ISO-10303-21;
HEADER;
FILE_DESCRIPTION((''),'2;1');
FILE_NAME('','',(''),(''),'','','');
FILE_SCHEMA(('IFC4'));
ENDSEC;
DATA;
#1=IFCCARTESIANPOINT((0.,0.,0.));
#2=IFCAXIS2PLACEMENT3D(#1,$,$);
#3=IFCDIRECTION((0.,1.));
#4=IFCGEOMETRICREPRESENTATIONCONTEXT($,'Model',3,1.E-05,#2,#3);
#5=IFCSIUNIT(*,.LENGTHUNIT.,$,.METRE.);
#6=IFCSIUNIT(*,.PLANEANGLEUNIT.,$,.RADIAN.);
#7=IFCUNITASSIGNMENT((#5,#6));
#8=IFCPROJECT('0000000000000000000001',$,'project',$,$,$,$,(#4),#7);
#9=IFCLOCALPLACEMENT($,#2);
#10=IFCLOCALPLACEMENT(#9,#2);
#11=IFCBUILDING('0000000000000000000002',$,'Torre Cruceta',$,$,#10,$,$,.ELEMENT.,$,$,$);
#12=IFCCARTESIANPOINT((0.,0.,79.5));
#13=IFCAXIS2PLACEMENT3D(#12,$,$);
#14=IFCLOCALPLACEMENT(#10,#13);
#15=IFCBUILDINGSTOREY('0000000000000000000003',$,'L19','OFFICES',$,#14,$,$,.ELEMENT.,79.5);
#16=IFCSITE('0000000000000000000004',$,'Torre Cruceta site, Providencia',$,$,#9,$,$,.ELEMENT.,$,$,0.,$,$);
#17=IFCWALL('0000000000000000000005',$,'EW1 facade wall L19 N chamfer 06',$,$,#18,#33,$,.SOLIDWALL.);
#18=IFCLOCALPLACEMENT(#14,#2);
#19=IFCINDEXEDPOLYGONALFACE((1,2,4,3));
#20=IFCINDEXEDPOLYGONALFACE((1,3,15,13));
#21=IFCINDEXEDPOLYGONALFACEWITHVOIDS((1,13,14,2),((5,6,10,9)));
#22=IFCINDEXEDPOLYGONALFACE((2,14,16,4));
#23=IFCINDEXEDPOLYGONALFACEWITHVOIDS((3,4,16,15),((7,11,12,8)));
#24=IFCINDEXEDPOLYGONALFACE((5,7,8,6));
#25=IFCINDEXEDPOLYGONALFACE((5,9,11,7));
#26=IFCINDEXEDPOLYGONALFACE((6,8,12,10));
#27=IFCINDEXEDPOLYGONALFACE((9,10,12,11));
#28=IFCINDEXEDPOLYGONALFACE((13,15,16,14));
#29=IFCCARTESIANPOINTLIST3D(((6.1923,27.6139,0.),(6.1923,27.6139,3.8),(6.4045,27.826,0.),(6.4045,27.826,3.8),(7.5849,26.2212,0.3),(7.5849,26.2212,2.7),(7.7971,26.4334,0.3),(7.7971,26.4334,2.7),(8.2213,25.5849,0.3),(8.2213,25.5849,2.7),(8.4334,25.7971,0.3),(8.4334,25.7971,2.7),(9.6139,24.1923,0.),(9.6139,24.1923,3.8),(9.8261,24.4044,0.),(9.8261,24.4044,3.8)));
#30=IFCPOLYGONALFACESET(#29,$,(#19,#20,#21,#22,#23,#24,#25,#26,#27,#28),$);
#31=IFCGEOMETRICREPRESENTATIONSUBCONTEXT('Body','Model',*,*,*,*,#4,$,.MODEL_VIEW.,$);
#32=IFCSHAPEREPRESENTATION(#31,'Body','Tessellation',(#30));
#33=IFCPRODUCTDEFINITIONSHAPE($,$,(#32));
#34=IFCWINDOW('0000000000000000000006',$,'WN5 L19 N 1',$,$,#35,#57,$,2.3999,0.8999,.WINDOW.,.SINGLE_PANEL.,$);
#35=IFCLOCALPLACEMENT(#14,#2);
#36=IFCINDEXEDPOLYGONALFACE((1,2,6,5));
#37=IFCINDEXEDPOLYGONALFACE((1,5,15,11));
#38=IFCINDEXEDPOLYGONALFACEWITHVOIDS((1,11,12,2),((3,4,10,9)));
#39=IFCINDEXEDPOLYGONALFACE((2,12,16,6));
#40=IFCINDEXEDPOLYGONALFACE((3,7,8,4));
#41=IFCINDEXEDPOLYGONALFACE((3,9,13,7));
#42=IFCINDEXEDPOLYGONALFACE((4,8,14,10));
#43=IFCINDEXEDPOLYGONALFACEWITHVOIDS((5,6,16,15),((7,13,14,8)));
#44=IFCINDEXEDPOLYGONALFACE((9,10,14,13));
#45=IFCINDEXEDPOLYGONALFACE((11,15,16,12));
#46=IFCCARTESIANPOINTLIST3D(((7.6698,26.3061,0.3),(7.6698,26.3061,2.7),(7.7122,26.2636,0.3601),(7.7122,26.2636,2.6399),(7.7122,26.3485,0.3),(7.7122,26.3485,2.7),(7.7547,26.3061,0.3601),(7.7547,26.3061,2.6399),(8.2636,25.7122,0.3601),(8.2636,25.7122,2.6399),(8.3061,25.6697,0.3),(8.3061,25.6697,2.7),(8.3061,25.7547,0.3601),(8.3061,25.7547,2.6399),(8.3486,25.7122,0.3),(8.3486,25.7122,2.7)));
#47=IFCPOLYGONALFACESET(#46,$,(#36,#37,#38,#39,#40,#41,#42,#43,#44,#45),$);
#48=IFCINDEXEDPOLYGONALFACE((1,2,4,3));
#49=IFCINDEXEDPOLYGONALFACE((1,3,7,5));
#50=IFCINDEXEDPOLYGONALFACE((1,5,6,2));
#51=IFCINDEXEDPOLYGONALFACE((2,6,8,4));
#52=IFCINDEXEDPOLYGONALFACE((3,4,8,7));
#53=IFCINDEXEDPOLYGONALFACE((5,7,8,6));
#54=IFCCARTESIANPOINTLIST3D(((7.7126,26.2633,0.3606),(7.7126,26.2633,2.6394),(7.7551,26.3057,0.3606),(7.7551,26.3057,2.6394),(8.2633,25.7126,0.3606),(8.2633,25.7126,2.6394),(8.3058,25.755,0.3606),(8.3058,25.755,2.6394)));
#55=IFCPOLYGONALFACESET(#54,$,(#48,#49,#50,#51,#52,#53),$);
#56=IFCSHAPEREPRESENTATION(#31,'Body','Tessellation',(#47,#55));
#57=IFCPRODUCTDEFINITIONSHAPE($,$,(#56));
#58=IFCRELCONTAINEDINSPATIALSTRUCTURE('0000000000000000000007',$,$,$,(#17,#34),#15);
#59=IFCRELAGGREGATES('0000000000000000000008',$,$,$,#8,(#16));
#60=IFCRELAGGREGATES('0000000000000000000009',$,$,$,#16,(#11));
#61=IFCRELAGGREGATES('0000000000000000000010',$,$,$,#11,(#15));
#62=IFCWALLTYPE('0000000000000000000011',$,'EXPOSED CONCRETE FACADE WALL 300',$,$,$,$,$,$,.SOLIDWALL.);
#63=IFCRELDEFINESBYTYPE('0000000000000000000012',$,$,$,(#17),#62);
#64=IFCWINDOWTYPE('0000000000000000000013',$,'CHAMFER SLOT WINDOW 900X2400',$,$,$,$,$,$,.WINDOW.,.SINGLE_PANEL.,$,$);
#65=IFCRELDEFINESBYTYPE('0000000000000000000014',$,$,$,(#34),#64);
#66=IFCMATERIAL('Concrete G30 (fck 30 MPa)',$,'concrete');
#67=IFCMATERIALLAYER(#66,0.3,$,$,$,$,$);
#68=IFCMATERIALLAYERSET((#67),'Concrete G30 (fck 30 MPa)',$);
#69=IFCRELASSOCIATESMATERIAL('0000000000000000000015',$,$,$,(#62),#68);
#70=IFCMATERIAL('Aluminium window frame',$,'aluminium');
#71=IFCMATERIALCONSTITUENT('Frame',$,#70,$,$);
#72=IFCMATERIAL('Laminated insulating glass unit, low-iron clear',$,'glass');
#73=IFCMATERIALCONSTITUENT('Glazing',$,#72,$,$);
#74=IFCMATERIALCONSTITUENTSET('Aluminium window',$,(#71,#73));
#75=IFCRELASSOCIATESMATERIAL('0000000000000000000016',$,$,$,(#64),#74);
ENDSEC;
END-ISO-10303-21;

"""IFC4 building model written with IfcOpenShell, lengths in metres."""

from ifc_helpers import new_model, si_unit, direction, frame, frame_2d, origin, place, context, subcontext, project, spatial, rectangle, hollow_rectangle, extrude, material, layer, layer_set, constituent, constituent_set, type_object, element, fill, save


model = new_model("IFC4")

# Units and contexts
model_context = context("Model", 3, precision=1e-05, world=origin(), true_north=direction((0.0, 1.0)))
body_context = subcontext(model_context, "Body", "Model", "MODEL_VIEW")
ifc_project = project(units=[si_unit("LENGTHUNIT", "METRE"), si_unit("PLANEANGLEUNIT", "RADIAN")], contexts=[model_context])

# Site, building, storey
site_placement = place(None, origin())
site = spatial("IfcSite", under=ifc_project, at=site_placement, Name="Torre Cruceta site, Providencia", CompositionType="ELEMENT", RefElevation=0.0)
building_placement = place(site_placement, origin())
building = spatial("IfcBuilding", under=site, at=building_placement, Name="Torre Cruceta", CompositionType="ELEMENT")
storey_placement = place(building_placement, frame((0.0, 0.0, 79.5)))
storey = spatial("IfcBuildingStorey", under=building, at=storey_placement, Name="L19", Description="OFFICES", CompositionType="ELEMENT", Elevation=79.5)

# Wall, opening, window
ifc_material_1 = material(Name="Concrete G30 (fck 30 MPa)", Category="concrete")
ifc_layer_1 = layer(ifc_material_1, 0.3)
ifc_layer_set_1 = layer_set([ifc_layer_1], Name="Concrete G30 (fck 30 MPa)")
wall_type = type_object("IfcWallType", Name="EXPOSED CONCRETE FACADE WALL 300", PredefinedType="SOLIDWALL", material=ifc_layer_set_1)
wall_placement = place(storey_placement, frame((9.72, 24.2983, 0.0), z_axis=(0.0, 0.0, 1.0), x_axis=(-0.707107, 0.707107, 0.0)))
wall = element("IfcWall", 1, at=wall_placement, inside=storey, type_object=wall_type, Name="EW1 facade wall L19 N chamfer 06", PredefinedType="SOLIDWALL", context=body_context, shape_type="SweptSolid", body=[
    extrude(rectangle(XDim=4.8389, YDim=0.3, at=frame_2d((2.4194, 0.0))), origin(), (0.0, 0.0, 1.0), 3.8),
])
opening_placement = place(wall_placement, frame((1.9695, 0.0, 0.3)))
opening = element("IfcOpeningElement", 2, at=opening_placement, cuts=wall, PredefinedType="OPENING", context=body_context, shape_type="SweptSolid", body=[
    extrude(rectangle(XDim=0.8999, YDim=2.3999, at=frame_2d((0.45, 1.2))), frame((0.0, 0.1599, 0.0), z_axis=(0.0, -1.0, 0.0), x_axis=(1.0, 0.0, 0.0)), (0.0, 0.0, 1.0), 0.3201),
])
ifc_material_2 = material(Name="Aluminium window frame", Category="aluminium")
ifc_constituent_1 = constituent(ifc_material_2, Name="Frame")
ifc_material_3 = material(Name="Laminated insulating glass unit, low-iron clear", Category="glass")
ifc_constituent_2 = constituent(ifc_material_3, Name="Glazing")
ifc_constituent_set = constituent_set(constituents=[ifc_constituent_1, ifc_constituent_2], Name="Aluminium window")
window_type = type_object("IfcWindowType", Name="CHAMFER SLOT WINDOW 900X2400", PartitioningType="SINGLE_PANEL", PredefinedType="WINDOW", material=ifc_constituent_set)
window_placement = place(opening_placement, origin())
window = element("IfcWindow", 3, at=window_placement, inside=storey, type_object=window_type, Name="WN5 L19 N 1", OverallHeight=2.3999, OverallWidth=0.8999, PartitioningType="SINGLE_PANEL", PredefinedType="WINDOW", context=body_context, shape_type="SweptSolid", body=[
    extrude(hollow_rectangle(XDim=0.8999, YDim=2.3999, WallThickness=0.0601, at=frame_2d((0.45, 1.2))), frame((0.0, 0.03, 0.0), z_axis=(0.0, -1.0, 0.0), x_axis=(1.0, 0.0, 0.0)), (0.0, 0.0, 1.0), 0.0601),
    extrude(rectangle(XDim=0.7788, YDim=2.2788, at=frame_2d((0.45, 1.2))), frame((0.0, 0.03, 0.0), z_axis=(0.0, -1.0, 0.0), x_axis=(1.0, 0.0, 0.0)), (0.0, 0.0, 1.0), 0.0601),
])
fill(opening, window)

save(model, "model.ifc")
